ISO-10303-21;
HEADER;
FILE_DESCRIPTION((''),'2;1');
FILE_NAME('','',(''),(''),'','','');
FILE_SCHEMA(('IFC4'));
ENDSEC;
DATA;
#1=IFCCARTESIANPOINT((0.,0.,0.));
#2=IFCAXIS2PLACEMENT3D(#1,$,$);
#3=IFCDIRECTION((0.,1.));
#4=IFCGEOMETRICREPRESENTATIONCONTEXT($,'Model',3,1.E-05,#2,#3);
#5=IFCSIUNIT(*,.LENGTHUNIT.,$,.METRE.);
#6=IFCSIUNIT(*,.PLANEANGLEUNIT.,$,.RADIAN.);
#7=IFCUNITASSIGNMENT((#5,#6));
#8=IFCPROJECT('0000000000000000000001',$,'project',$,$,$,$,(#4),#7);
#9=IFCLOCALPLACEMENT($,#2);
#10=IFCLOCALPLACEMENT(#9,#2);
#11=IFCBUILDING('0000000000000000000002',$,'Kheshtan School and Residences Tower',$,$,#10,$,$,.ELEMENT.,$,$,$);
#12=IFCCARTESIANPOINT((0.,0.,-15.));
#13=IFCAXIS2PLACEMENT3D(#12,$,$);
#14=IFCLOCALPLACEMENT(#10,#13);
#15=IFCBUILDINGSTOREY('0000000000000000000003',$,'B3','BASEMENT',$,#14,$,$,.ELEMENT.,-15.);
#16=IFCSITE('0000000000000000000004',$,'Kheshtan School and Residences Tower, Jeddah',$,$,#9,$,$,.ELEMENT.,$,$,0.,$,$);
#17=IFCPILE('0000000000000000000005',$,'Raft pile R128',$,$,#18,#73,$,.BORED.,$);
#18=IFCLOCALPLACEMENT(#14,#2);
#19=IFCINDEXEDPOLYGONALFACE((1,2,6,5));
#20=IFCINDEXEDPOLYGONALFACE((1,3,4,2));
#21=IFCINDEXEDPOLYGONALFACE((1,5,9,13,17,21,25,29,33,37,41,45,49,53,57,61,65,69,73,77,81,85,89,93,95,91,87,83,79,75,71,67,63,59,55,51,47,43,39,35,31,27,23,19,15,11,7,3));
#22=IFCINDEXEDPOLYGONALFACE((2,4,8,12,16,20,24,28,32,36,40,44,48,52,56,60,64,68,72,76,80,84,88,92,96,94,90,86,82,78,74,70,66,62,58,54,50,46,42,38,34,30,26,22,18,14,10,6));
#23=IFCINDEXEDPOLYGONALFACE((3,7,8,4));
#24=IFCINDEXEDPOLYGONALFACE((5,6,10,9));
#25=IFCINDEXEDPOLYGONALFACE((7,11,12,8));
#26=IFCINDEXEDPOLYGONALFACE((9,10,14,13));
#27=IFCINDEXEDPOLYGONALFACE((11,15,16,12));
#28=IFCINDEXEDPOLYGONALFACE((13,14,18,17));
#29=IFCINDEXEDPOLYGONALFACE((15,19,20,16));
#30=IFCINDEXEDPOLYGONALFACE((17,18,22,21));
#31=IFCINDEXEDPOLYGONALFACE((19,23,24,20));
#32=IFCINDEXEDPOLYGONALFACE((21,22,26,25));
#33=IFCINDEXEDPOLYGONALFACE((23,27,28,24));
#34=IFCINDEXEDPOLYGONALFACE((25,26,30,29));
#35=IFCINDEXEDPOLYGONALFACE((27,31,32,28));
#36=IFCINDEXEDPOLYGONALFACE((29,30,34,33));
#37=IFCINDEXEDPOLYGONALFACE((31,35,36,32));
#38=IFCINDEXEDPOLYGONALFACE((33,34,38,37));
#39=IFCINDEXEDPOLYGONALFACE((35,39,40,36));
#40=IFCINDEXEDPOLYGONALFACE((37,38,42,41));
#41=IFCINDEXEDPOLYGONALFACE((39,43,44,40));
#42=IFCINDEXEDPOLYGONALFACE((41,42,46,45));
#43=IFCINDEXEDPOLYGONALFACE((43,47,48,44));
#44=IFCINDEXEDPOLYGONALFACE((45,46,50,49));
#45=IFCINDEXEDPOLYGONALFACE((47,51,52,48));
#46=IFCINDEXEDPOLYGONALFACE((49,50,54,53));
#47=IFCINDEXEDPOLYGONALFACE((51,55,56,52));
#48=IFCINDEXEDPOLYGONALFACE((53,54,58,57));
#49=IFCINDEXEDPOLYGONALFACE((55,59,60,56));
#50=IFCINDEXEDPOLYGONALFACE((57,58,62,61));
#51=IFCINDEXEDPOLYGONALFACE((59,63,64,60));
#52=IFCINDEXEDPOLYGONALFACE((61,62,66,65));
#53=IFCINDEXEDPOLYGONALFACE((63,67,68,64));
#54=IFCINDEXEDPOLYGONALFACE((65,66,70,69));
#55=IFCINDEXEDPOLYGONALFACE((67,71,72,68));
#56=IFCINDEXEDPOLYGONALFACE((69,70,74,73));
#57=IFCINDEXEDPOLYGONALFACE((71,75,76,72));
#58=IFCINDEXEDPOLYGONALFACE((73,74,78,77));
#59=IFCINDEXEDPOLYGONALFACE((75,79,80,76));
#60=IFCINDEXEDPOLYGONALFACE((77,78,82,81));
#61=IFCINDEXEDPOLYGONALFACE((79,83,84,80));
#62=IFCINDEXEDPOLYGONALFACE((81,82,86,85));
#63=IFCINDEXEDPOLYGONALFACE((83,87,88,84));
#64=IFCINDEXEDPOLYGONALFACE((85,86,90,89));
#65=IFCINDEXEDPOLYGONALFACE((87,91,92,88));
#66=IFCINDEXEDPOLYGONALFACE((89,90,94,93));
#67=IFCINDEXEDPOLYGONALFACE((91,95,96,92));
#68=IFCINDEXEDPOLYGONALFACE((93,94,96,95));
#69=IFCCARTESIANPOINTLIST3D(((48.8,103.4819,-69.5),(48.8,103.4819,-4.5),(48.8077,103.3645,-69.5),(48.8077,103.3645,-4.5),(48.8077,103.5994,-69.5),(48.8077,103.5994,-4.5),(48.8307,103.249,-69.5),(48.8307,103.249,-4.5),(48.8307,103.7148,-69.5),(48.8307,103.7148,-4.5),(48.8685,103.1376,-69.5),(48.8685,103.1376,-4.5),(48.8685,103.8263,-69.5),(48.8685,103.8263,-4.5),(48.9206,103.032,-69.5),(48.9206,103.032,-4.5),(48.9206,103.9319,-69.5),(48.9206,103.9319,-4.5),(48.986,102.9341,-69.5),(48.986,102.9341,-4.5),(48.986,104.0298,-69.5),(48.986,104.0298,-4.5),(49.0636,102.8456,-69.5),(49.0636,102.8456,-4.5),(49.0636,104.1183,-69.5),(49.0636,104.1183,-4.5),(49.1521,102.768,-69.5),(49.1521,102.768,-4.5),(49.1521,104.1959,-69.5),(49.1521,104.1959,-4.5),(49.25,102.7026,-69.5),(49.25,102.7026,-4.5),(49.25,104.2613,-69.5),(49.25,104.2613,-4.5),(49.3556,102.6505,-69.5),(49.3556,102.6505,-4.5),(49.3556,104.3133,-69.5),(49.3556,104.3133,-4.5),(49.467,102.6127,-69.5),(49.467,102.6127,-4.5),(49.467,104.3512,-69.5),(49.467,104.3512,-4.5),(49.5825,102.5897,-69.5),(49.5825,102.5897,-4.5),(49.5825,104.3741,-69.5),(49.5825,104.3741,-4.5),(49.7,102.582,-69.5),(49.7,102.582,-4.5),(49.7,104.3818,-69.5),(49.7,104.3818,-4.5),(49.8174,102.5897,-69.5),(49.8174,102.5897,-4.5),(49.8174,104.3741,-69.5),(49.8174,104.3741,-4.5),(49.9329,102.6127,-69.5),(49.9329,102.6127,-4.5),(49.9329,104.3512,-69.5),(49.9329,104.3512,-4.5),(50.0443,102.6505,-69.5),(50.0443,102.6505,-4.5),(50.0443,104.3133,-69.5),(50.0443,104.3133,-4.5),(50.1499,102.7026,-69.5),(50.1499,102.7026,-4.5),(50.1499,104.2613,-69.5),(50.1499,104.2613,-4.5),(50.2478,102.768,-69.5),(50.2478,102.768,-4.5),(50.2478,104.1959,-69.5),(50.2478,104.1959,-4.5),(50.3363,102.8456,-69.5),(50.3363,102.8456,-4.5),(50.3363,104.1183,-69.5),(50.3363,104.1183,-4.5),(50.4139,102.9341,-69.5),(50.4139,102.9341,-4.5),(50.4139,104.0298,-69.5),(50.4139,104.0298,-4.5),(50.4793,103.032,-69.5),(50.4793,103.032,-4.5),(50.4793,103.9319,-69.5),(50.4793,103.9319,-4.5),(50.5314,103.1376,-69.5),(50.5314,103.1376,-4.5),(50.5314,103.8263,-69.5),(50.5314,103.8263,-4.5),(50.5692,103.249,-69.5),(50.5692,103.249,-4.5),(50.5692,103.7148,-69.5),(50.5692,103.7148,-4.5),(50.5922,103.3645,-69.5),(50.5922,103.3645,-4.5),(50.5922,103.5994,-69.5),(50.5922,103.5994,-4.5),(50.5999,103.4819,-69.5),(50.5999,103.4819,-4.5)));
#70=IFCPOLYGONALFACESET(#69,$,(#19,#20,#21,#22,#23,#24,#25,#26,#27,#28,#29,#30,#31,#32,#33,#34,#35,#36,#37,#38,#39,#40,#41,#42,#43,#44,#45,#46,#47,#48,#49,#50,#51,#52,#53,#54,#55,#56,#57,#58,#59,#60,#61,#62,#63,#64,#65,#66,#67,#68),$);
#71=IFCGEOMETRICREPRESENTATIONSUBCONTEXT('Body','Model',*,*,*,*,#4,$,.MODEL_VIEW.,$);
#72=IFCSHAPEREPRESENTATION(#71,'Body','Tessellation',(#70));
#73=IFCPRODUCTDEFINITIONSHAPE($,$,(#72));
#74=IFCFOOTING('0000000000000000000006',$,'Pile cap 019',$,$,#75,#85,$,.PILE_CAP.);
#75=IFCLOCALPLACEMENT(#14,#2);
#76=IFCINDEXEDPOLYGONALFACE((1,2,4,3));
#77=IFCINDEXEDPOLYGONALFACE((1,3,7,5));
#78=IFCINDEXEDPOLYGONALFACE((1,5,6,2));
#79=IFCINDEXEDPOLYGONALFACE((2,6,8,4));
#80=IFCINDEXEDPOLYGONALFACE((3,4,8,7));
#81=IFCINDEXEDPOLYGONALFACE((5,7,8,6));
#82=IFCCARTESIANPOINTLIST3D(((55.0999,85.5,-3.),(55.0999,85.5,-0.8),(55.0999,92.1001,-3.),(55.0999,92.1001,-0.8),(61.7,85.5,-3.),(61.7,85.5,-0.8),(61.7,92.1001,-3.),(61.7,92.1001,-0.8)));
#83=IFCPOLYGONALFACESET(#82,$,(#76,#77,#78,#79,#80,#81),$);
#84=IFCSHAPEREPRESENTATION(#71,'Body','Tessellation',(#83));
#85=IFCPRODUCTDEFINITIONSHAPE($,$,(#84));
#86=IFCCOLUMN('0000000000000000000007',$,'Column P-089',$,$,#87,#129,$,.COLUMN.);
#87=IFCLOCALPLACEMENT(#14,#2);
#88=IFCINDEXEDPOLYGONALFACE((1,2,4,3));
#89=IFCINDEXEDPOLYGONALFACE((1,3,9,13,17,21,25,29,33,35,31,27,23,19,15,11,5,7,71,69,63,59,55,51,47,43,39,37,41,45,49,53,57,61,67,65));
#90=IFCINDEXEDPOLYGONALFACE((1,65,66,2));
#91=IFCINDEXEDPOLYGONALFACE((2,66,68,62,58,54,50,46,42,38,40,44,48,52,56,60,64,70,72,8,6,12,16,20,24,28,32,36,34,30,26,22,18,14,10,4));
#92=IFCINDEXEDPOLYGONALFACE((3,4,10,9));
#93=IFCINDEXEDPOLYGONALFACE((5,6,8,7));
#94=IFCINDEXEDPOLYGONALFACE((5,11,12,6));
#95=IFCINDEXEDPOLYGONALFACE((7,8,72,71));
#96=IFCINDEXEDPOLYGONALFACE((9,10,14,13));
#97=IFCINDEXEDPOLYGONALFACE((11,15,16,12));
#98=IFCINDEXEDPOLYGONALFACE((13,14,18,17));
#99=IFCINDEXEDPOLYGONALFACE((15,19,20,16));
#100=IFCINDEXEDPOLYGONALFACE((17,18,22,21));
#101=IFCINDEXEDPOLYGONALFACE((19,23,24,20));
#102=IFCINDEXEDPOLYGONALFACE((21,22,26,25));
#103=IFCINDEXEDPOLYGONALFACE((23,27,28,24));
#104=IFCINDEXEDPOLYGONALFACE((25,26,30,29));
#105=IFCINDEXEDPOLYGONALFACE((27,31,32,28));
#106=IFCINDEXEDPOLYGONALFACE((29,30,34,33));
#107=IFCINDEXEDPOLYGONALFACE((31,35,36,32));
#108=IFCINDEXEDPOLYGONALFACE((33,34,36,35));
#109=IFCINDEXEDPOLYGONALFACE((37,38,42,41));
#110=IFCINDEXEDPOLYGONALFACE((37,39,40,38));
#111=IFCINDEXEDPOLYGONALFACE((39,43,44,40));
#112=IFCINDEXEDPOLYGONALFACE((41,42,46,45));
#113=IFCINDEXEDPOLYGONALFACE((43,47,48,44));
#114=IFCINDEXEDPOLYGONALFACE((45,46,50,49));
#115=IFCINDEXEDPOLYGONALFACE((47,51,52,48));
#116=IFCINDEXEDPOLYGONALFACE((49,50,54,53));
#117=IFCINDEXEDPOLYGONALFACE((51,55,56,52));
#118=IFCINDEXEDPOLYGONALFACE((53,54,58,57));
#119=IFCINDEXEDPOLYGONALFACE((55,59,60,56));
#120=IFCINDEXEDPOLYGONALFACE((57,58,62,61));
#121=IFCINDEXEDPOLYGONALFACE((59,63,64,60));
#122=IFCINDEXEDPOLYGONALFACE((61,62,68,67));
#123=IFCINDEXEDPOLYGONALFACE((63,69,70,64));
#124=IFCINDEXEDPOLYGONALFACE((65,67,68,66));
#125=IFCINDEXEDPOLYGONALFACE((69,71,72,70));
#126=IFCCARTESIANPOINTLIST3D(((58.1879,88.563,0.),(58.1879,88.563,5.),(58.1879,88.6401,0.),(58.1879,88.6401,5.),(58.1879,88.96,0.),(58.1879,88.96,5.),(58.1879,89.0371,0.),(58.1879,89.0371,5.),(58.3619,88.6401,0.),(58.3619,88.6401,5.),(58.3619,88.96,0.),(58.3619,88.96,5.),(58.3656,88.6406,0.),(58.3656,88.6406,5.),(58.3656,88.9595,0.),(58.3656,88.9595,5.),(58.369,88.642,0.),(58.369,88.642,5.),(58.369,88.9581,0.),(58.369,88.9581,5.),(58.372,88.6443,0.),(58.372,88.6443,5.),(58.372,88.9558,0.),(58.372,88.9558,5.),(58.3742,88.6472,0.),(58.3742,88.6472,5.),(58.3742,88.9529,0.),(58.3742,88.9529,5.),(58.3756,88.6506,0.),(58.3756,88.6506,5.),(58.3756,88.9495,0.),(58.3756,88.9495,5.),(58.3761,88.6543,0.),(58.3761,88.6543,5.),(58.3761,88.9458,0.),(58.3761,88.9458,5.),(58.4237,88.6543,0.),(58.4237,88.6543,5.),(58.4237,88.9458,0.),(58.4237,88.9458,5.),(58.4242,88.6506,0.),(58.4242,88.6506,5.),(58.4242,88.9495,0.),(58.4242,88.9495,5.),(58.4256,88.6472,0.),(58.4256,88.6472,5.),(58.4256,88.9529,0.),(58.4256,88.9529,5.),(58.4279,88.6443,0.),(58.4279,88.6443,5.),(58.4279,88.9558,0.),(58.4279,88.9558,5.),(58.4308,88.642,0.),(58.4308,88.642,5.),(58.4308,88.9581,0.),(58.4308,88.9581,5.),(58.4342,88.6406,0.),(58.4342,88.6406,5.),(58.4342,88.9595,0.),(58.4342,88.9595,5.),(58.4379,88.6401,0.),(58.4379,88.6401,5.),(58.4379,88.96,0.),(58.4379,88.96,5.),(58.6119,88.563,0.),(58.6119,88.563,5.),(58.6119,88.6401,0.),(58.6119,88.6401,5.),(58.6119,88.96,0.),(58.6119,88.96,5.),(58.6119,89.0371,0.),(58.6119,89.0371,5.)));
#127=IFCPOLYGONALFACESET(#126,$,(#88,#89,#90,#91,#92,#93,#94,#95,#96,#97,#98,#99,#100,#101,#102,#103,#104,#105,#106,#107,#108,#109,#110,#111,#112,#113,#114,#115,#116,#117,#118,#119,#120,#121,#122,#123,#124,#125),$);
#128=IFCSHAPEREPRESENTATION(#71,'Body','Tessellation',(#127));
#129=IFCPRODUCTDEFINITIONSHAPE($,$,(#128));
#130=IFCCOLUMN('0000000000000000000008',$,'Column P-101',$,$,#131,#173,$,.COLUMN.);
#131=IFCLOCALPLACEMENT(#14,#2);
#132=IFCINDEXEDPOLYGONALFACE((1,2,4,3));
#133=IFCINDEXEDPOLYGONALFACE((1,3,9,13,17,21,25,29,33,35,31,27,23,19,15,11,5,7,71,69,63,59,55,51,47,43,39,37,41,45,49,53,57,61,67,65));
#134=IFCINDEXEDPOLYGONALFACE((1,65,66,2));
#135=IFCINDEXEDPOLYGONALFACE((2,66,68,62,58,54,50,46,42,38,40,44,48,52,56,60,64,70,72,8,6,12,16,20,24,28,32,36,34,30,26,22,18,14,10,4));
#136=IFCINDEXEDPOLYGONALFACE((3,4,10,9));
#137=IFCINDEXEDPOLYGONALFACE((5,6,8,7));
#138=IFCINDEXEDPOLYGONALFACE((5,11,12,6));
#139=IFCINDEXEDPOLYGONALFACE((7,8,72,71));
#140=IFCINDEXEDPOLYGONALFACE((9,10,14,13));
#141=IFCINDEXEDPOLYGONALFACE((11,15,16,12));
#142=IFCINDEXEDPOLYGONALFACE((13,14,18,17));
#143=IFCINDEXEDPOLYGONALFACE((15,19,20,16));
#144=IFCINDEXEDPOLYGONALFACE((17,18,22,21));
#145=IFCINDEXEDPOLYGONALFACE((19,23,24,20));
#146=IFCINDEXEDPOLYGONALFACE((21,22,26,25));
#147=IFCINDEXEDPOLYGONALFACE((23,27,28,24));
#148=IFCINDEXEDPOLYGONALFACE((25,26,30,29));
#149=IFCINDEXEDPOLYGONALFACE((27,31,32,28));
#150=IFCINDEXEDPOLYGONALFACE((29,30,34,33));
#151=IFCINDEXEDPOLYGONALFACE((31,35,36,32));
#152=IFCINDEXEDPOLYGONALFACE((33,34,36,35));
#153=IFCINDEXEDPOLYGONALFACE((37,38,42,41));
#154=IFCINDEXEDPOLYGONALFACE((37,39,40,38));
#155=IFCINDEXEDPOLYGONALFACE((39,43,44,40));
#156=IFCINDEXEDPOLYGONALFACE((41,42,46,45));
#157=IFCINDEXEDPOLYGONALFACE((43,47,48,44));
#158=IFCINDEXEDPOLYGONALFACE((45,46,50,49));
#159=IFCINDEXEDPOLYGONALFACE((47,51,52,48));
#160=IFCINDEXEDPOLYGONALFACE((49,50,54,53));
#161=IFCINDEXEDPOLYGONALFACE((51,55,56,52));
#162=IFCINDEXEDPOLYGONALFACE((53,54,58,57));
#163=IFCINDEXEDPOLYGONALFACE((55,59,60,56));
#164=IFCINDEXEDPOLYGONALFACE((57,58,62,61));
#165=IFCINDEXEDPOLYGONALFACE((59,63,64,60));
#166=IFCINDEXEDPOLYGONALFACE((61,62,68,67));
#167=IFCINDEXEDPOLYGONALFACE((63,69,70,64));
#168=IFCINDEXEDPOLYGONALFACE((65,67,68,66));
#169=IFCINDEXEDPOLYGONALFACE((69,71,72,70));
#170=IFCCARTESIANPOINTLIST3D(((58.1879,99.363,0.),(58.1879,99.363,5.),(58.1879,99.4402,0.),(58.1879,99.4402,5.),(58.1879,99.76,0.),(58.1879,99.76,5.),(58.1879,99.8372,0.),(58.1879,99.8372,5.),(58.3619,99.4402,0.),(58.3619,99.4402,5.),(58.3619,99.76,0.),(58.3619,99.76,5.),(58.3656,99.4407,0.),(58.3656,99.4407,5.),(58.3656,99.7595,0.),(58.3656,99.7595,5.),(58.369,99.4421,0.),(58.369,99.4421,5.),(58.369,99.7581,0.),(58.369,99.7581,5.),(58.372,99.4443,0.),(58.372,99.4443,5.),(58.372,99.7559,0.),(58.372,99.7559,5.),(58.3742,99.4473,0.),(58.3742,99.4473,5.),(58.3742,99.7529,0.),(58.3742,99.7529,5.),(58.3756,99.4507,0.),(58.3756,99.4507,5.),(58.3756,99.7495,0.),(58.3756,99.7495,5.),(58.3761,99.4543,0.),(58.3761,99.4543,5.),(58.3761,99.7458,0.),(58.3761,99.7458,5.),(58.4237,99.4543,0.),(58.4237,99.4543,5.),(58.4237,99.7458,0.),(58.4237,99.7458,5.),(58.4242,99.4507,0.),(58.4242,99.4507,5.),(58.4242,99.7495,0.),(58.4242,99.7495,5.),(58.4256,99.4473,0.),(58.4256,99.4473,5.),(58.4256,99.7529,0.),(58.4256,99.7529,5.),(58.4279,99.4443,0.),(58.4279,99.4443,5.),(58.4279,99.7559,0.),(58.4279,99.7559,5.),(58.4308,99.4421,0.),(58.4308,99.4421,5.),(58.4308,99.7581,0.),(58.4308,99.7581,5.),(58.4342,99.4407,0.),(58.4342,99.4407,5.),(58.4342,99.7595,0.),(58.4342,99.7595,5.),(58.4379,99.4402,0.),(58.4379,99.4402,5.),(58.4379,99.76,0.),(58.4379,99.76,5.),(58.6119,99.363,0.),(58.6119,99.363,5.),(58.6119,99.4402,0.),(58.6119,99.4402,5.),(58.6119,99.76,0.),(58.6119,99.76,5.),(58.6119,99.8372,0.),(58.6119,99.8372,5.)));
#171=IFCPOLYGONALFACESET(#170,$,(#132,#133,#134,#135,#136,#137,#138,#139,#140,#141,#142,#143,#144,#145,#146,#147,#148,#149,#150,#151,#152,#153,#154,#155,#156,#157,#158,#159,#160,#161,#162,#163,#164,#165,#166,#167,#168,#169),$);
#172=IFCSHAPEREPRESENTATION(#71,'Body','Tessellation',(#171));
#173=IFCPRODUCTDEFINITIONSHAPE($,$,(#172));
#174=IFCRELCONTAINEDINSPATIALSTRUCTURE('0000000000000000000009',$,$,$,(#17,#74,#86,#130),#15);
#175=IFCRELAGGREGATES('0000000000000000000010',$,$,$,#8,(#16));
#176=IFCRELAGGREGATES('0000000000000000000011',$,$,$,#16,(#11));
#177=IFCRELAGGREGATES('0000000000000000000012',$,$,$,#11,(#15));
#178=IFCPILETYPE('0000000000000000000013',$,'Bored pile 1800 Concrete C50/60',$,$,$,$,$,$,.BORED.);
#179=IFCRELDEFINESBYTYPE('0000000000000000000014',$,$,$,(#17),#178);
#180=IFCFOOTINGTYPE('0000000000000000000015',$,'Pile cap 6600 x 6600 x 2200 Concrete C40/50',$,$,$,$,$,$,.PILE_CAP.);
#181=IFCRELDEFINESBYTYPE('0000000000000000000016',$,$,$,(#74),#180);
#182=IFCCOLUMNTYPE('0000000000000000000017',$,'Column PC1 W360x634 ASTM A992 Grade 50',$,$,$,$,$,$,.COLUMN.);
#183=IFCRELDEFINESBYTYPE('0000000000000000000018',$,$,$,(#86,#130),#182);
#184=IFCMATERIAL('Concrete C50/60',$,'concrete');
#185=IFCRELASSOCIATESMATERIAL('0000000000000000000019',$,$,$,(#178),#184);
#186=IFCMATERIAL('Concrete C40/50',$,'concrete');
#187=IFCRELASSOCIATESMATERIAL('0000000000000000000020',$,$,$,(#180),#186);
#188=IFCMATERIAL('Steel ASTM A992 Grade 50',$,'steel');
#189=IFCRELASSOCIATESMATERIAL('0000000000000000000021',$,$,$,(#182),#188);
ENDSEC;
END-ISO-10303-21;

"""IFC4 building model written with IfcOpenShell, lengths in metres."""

from ifc_helpers import new_model, si_unit, direction, frame, origin, origin_2d, place, context, subcontext, project, spatial, rectangle, circle, i_section, extrude, material, material_profile, profile_set, type_object, element, save


model = new_model("IFC4")

# Units and contexts
model_context = context("Model", 3, precision=1e-05, world=origin(), true_north=direction((0.0, 1.0)))
body_context = subcontext(model_context, "Body", "Model", "MODEL_VIEW")
ifc_project = project(units=[si_unit("LENGTHUNIT", "METRE"), si_unit("PLANEANGLEUNIT", "RADIAN")], contexts=[model_context])

# Site, building, storey
site_placement = place(None, origin())
site = spatial("IfcSite", under=ifc_project, at=site_placement, Name="Kheshtan School and Residences Tower, Jeddah", CompositionType="ELEMENT", RefElevation=0.0)
building_placement = place(site_placement, origin())
building = spatial("IfcBuilding", under=site, at=building_placement, Name="Kheshtan School and Residences Tower", CompositionType="ELEMENT")
storey_placement = place(building_placement, frame((0.0, 0.0, -15.0)))
storey = spatial("IfcBuildingStorey", under=building, at=storey_placement, Name="B3", Description="BASEMENT", CompositionType="ELEMENT", Elevation=-15.0)

# Pile
ifc_material_1 = material(Name="Concrete C50/60", Category="concrete")
ifc_material_profile_1 = material_profile(ifc_material_1, circle(Radius=0.8999, at=origin_2d()), Name="BP 1800")
ifc_profile_set_1 = profile_set([ifc_material_profile_1], Name="Concrete C50/60")
pile_type_1 = type_object("IfcPileType", Name="Bored pile 1800 Concrete C50/60", PredefinedType="BORED", material=ifc_profile_set_1)
for number, where, z_axis, x_axis, name in (
    (1, (49.7, 103.4819, -4.5), (0.0, 0.0, -1.0), (1.0, 0.0, 0.0), "Raft pile R128"),
):
    element("IfcPile", number, at=place(storey_placement, frame(where, z_axis=z_axis, x_axis=x_axis)), inside=storey, type_object=pile_type_1, Name=name, PredefinedType="BORED", context=body_context, shape_type="SweptSolid", body=[
        extrude(circle(Radius=0.8999, at=origin_2d()), origin(), (0.0, 0.0, 1.0), 65.0),
    ])

# Footing
ifc_material_2 = material(Name="Concrete C40/50", Category="concrete")
footing_type = type_object("IfcFootingType", Name="Pile cap 6600 x 6600 x 2200 Concrete C40/50", PredefinedType="PILE_CAP", material=ifc_material_2)
footing_placement = place(storey_placement, frame((58.3999, 88.8, -3.0), z_axis=(0.0, 0.0, 1.0), x_axis=(1.0, 0.0, 0.0)))
element("IfcFooting", 2, at=footing_placement, inside=storey, type_object=footing_type, Name="Pile cap 019", PredefinedType="PILE_CAP", context=body_context, shape_type="SweptSolid", body=[
    extrude(rectangle(XDim=6.6001, YDim=6.6001, at=origin_2d()), origin(), (0.0, 0.0, 1.0), 2.2),
])

# Columns
ifc_material_3 = material(Name="Steel ASTM A992 Grade 50", Category="steel")
ifc_material_profile_2 = material_profile(ifc_material_3, i_section(OverallWidth=0.4241, OverallDepth=0.4741, WebThickness=0.0476, FlangeThickness=0.0771, FilletRadius=0.0142, at=origin_2d()), Name="W360x634")
ifc_profile_set_2 = profile_set([ifc_material_profile_2], Name="Steel ASTM A992 Grade 50")
column_type = type_object("IfcColumnType", Name="Column PC1 W360x634 ASTM A992 Grade 50", PredefinedType="COLUMN", material=ifc_profile_set_2)
for number, where, z_axis, x_axis, name in (
    (3, (58.3999, 88.8, 0.0), (0.0, 0.0, 1.0), (1.0, 0.0, 0.0), "Column P-089"),
    (4, (58.3999, 99.6001, 0.0), (0.0, 0.0, 1.0), (1.0, 0.0, 0.0), "Column P-101"),
):
    element("IfcColumn", number, at=place(storey_placement, frame(where, z_axis=z_axis, x_axis=x_axis)), inside=storey, type_object=column_type, Name=name, PredefinedType="COLUMN", context=body_context, shape_type="SweptSolid", body=[
        extrude(i_section(OverallWidth=0.4241, OverallDepth=0.4741, WebThickness=0.0476, FlangeThickness=0.0771, FilletRadius=0.0142, at=origin_2d()), origin(), (0.0, 0.0, 1.0), 5.0),
    ])

save(model, "model.ifc")
